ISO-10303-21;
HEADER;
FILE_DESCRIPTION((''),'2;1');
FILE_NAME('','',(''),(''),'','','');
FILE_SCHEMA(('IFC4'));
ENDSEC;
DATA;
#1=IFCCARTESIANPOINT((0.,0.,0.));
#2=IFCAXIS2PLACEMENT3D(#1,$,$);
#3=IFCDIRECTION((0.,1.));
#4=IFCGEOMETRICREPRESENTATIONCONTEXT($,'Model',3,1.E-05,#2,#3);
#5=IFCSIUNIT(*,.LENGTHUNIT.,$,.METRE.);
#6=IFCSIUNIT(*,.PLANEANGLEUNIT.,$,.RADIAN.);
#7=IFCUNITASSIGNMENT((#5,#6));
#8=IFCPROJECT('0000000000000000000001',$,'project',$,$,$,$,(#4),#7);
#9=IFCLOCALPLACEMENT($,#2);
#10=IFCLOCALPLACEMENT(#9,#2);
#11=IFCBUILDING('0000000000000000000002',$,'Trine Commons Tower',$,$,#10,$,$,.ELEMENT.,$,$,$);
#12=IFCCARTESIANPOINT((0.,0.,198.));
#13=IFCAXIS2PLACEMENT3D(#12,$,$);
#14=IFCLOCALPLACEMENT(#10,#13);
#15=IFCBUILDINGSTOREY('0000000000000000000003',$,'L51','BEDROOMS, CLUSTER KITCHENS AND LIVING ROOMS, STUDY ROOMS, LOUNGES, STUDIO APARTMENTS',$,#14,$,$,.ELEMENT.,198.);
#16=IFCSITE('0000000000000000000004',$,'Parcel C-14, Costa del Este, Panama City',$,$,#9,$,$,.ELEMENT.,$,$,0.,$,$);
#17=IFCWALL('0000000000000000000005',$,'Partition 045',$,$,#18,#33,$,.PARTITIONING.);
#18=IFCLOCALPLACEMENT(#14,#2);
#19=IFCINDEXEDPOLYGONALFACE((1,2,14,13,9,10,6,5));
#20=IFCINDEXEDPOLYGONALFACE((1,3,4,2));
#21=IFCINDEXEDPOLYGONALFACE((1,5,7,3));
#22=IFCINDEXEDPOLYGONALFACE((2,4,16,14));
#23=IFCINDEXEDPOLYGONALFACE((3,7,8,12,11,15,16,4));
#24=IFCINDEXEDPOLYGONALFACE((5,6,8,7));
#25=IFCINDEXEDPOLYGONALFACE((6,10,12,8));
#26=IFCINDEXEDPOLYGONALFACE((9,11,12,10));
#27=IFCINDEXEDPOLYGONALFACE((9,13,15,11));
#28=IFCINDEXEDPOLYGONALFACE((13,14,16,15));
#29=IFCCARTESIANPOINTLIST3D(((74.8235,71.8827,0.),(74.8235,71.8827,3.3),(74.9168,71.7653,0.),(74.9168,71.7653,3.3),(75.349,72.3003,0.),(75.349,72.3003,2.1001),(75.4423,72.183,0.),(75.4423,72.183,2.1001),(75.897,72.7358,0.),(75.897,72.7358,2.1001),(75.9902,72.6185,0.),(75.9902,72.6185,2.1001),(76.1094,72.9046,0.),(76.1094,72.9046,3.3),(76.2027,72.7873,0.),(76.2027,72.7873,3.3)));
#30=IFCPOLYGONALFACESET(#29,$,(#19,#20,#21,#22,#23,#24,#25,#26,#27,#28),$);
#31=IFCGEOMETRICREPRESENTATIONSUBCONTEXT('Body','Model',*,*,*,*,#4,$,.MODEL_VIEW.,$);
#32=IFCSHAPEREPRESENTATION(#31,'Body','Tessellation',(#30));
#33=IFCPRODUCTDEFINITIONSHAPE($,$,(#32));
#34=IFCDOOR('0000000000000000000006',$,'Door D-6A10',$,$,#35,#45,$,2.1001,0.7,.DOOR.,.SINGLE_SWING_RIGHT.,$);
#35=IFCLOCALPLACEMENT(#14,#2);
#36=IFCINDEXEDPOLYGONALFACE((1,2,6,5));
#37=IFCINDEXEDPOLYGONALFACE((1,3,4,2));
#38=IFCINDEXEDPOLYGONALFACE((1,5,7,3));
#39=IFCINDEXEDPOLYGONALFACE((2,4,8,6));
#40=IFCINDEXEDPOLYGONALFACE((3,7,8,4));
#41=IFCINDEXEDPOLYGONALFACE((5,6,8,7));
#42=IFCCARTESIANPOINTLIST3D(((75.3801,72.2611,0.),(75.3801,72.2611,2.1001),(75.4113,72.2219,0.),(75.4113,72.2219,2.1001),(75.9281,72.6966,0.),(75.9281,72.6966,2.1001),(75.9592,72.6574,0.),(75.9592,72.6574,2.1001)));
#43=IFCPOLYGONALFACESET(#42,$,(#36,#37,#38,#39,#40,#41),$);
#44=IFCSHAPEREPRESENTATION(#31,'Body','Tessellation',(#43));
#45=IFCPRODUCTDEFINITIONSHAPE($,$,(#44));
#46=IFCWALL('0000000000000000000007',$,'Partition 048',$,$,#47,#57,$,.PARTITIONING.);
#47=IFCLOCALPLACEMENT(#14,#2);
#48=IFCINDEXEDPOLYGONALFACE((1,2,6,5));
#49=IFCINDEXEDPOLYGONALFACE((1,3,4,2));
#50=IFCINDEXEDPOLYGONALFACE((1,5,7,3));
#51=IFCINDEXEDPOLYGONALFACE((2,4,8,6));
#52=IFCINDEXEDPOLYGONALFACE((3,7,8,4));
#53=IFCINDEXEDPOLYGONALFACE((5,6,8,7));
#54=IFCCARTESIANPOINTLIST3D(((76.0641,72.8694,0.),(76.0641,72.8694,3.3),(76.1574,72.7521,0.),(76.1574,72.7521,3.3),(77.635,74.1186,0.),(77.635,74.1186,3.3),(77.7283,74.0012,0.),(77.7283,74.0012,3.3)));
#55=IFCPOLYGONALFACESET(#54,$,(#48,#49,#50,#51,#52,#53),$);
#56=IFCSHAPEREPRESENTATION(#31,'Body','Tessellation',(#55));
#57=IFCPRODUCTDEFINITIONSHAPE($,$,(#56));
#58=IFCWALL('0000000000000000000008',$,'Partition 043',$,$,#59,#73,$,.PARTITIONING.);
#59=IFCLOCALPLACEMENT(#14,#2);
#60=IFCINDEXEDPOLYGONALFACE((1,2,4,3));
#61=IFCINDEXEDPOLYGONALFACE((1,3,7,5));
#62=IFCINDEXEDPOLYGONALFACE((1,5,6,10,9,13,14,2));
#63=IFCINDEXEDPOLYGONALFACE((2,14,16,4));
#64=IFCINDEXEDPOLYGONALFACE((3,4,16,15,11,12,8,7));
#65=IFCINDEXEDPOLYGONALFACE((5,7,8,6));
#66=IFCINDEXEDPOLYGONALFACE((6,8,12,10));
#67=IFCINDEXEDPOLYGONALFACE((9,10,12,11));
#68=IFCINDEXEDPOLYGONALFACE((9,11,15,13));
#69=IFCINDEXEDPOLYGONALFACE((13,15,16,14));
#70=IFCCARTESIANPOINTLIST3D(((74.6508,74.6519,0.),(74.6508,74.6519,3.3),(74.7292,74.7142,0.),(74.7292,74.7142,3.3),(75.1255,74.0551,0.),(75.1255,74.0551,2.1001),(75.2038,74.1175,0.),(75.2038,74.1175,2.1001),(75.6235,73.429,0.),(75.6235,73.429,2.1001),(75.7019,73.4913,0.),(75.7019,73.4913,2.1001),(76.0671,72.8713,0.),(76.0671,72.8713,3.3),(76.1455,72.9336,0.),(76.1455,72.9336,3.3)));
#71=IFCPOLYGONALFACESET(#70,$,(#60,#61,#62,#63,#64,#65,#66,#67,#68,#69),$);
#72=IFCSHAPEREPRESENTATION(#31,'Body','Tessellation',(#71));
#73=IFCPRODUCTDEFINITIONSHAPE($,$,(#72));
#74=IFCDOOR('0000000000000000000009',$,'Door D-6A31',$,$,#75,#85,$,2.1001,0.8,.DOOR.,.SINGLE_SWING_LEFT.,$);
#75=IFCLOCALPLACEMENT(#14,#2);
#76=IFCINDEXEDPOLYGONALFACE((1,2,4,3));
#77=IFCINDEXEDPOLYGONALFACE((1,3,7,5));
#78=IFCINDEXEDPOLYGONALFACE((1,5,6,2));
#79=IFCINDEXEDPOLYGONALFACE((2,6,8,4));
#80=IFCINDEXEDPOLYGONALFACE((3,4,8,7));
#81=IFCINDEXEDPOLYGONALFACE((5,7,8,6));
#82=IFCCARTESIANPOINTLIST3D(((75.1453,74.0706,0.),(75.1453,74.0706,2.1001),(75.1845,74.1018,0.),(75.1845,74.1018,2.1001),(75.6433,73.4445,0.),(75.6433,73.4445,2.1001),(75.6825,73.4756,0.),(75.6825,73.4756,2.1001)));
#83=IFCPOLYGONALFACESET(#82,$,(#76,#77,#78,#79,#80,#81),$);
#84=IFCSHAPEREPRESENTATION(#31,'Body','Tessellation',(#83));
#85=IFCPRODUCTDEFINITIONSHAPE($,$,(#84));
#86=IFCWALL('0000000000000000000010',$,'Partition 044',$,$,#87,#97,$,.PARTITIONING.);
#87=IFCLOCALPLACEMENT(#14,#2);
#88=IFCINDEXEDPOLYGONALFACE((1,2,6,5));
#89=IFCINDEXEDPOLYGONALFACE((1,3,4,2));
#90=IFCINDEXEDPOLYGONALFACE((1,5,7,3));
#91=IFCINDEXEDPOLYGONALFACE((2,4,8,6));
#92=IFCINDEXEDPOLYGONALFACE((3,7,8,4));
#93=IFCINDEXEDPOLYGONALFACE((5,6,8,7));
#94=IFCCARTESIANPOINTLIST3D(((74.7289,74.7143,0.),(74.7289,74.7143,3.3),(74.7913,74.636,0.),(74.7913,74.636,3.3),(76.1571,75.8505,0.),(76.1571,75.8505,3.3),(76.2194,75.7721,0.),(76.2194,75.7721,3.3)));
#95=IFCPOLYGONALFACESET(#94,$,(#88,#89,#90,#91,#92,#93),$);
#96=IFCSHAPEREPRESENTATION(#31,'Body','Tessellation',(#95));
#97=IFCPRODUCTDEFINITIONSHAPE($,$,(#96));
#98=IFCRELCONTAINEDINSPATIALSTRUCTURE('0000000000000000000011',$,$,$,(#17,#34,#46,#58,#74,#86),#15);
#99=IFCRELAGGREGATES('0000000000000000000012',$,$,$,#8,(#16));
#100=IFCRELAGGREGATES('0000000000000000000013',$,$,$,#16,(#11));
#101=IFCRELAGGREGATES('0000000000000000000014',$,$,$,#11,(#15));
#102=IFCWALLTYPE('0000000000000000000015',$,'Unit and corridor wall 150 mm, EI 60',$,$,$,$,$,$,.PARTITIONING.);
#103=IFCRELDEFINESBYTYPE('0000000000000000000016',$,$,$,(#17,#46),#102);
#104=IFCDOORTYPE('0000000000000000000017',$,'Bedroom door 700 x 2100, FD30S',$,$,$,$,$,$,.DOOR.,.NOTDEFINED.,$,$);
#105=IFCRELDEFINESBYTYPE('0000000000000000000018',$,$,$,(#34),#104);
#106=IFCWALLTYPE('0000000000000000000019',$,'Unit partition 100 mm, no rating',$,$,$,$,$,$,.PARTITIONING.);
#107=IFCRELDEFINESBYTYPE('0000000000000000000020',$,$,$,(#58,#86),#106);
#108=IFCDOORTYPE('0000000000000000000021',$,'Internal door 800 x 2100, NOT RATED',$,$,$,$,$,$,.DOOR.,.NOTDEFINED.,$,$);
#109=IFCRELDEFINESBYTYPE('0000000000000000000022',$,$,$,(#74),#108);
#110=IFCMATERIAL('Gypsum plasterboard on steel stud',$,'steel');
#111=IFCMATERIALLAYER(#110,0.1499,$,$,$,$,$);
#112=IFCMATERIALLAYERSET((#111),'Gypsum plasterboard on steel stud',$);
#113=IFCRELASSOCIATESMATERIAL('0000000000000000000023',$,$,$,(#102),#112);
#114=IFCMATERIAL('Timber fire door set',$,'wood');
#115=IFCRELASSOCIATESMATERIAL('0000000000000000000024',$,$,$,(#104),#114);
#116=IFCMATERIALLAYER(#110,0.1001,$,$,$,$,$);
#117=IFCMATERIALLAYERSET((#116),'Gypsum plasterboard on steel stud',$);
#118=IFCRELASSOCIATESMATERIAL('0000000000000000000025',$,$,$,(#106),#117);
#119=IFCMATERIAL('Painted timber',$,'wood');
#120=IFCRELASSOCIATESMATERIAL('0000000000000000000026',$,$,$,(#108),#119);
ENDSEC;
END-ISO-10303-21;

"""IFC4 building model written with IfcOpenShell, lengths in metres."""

from ifc_helpers import new_model, si_unit, direction, frame, frame_2d, origin, place, context, subcontext, project, spatial, rectangle, extrude, material, layer, layer_set, type_object, element, fill, save


model = new_model("IFC4")

# Units and contexts
model_context = context("Model", 3, precision=1e-05, world=origin(), true_north=direction((0.0, 1.0)))
body_context = subcontext(model_context, "Body", "Model", "MODEL_VIEW")
ifc_project = project(units=[si_unit("LENGTHUNIT", "METRE"), si_unit("PLANEANGLEUNIT", "RADIAN")], contexts=[model_context])

# Site, building, storey
site_placement = place(None, origin())
site = spatial("IfcSite", under=ifc_project, at=site_placement, Name="Parcel C-14, Costa del Este, Panama City", CompositionType="ELEMENT", RefElevation=0.0)
building_placement = place(site_placement, origin())
building = spatial("IfcBuilding", under=site, at=building_placement, Name="Trine Commons Tower", CompositionType="ELEMENT")
storey_placement = place(building_placement, frame((0.0, 0.0, 198.0)))
storey = spatial("IfcBuildingStorey", under=building, at=storey_placement, Name="L51", Description="BEDROOMS, CLUSTER KITCHENS AND LIVING ROOMS, STUDY ROOMS, LOUNGES, STUDIO APARTMENTS", CompositionType="ELEMENT", Elevation=198.0)

# Shared definitions
ifc_material_1 = material(Name="Gypsum plasterboard on steel stud", Category="steel")
ifc_layer_1 = layer(ifc_material_1, 0.1499)
ifc_layer_set_1 = layer_set([ifc_layer_1], Name="Gypsum plasterboard on steel stud")
wall_type_1 = type_object("IfcWallType", Name="Unit and corridor wall 150 mm, EI 60", PredefinedType="PARTITIONING", material=ifc_layer_set_1)

# Shared definitions
ifc_material_2 = material(Name="Painted timber", Category="wood")

# Wall, opening, door
wall_1_placement = place(storey_placement, frame((74.8701, 71.824, 0.0), z_axis=(0.0, 0.0, 1.0), x_axis=(0.782866, 0.62219, 0.0)))
wall_1 = element("IfcWall", 1, at=wall_1_placement, inside=storey, type_object=wall_type_1, Name="Partition 045", PredefinedType="PARTITIONING", context=body_context, shape_type="SweptSolid", body=[
    extrude(rectangle(XDim=1.6426, YDim=0.1499, at=frame_2d((0.8213, 0.0))), origin(), (0.0, 0.0, 1.0), 3.3),
])
opening_1_placement = place(wall_1_placement, frame((0.6711, 0.0, 0.0)))
opening_1 = element("IfcOpeningElement", 2, at=opening_1_placement, cuts=wall_1, PredefinedType="OPENING", context=body_context, shape_type="SweptSolid", body=[
    extrude(rectangle(XDim=0.7, YDim=2.1001, at=frame_2d((0.3501, 1.05))), frame((0.0, 0.085, 0.0), z_axis=(0.0, -1.0, 0.0), x_axis=(1.0, 0.0, 0.0)), (0.0, 0.0, 1.0), 0.1699),
])
ifc_material_3 = material(Name="Timber fire door set", Category="wood")
door_type_1 = type_object("IfcDoorType", Name="Bedroom door 700 x 2100, FD30S", OperationType="NOTDEFINED", PredefinedType="DOOR", material=ifc_material_3)
door_1_placement = place(opening_1_placement, origin())
door_1 = element("IfcDoor", 3, at=door_1_placement, inside=storey, type_object=door_type_1, Name="Door D-6A10", OperationType="SINGLE_SWING_RIGHT", OverallHeight=2.1001, OverallWidth=0.7, PredefinedType="DOOR", context=body_context, shape_type="SweptSolid", body=[
    extrude(rectangle(XDim=0.7, YDim=2.1001, at=frame_2d((0.3501, 1.05))), frame((0.0, 0.0249, 0.0), z_axis=(0.0, -1.0, 0.0), x_axis=(1.0, 0.0, 0.0)), (0.0, 0.0, 1.0), 0.05),
])
fill(opening_1, door_1)

# Wall
wall_2_placement = place(storey_placement, frame((76.1108, 72.8108, 0.0), z_axis=(0.0, 0.0, 1.0), x_axis=(0.782705, 0.622393, 0.0)))
element("IfcWall", 4, at=wall_2_placement, inside=storey, type_object=wall_type_1, Name="Partition 048", PredefinedType="PARTITIONING", context=body_context, shape_type="SweptSolid", body=[
    extrude(rectangle(XDim=2.0071, YDim=0.1499, at=frame_2d((1.0034, 0.0))), origin(), (0.0, 0.0, 1.0), 3.3),
])

# Wall, opening, door
ifc_layer_2 = layer(ifc_material_1, 0.1001)
ifc_layer_set_2 = layer_set([ifc_layer_2], Name="Gypsum plasterboard on steel stud")
wall_type_2 = type_object("IfcWallType", Name="Unit partition 100 mm, no rating", PredefinedType="PARTITIONING", material=ifc_layer_set_2)
wall_3_placement = place(storey_placement, frame((74.6899, 74.6831, 0.0), z_axis=(0.0, 0.0, 1.0), x_axis=(0.622507, -0.782614, 0.0)))
wall_3 = element("IfcWall", 5, at=wall_3_placement, inside=storey, type_object=wall_type_2, Name="Partition 043", PredefinedType="PARTITIONING", context=body_context, shape_type="SweptSolid", body=[
    extrude(rectangle(XDim=2.2751, YDim=0.1001, at=frame_2d((1.1377, 0.0))), origin(), (0.0, 0.0, 1.0), 3.3),
])
opening_2_placement = place(wall_3_placement, frame((0.7627, 0.0, 0.0)))
opening_2 = element("IfcOpeningElement", 6, at=opening_2_placement, cuts=wall_3, PredefinedType="OPENING", context=body_context, shape_type="SweptSolid", body=[
    extrude(rectangle(XDim=0.8, YDim=2.1001, at=frame_2d((0.3999, 1.05))), frame((0.0, 0.0601, 0.0), z_axis=(0.0, -1.0, 0.0), x_axis=(1.0, 0.0, 0.0)), (0.0, 0.0, 1.0), 0.1201),
])
door_type_2 = type_object("IfcDoorType", Name="Internal door 800 x 2100, NOT RATED", OperationType="NOTDEFINED", PredefinedType="DOOR", material=ifc_material_2)
door_2_placement = place(opening_2_placement, frame((0.8, 0.0, 0.0), z_axis=(0.0, 0.0, 1.0), x_axis=(-1.0, 0.0, 0.0)))
door_2 = element("IfcDoor", 7, at=door_2_placement, inside=storey, type_object=door_type_2, Name="Door D-6A31", OperationType="SINGLE_SWING_LEFT", OverallHeight=2.1001, OverallWidth=0.8, PredefinedType="DOOR", context=body_context, shape_type="SweptSolid", body=[
    extrude(rectangle(XDim=0.8, YDim=2.1001, at=frame_2d((0.3999, 1.05))), frame((0.0, 0.0249, 0.0), z_axis=(0.0, -1.0, 0.0), x_axis=(1.0, 0.0, 0.0)), (0.0, 0.0, 1.0), 0.05),
])
fill(opening_2, door_2)

# Wall
wall_4_placement = place(storey_placement, frame((74.76, 74.675, 0.0), z_axis=(0.0, 0.0, 1.0), x_axis=(0.782563, 0.622572, 0.0)))
element("IfcWall", 8, at=wall_4_placement, inside=storey, type_object=wall_type_2, Name="Partition 044", PredefinedType="PARTITIONING", context=body_context, shape_type="SweptSolid", body=[
    extrude(rectangle(XDim=1.825, YDim=0.1001, at=frame_2d((0.9126, 0.0))), origin(), (0.0, 0.0, 1.0), 3.3),
])

save(model, "model.ifc")
